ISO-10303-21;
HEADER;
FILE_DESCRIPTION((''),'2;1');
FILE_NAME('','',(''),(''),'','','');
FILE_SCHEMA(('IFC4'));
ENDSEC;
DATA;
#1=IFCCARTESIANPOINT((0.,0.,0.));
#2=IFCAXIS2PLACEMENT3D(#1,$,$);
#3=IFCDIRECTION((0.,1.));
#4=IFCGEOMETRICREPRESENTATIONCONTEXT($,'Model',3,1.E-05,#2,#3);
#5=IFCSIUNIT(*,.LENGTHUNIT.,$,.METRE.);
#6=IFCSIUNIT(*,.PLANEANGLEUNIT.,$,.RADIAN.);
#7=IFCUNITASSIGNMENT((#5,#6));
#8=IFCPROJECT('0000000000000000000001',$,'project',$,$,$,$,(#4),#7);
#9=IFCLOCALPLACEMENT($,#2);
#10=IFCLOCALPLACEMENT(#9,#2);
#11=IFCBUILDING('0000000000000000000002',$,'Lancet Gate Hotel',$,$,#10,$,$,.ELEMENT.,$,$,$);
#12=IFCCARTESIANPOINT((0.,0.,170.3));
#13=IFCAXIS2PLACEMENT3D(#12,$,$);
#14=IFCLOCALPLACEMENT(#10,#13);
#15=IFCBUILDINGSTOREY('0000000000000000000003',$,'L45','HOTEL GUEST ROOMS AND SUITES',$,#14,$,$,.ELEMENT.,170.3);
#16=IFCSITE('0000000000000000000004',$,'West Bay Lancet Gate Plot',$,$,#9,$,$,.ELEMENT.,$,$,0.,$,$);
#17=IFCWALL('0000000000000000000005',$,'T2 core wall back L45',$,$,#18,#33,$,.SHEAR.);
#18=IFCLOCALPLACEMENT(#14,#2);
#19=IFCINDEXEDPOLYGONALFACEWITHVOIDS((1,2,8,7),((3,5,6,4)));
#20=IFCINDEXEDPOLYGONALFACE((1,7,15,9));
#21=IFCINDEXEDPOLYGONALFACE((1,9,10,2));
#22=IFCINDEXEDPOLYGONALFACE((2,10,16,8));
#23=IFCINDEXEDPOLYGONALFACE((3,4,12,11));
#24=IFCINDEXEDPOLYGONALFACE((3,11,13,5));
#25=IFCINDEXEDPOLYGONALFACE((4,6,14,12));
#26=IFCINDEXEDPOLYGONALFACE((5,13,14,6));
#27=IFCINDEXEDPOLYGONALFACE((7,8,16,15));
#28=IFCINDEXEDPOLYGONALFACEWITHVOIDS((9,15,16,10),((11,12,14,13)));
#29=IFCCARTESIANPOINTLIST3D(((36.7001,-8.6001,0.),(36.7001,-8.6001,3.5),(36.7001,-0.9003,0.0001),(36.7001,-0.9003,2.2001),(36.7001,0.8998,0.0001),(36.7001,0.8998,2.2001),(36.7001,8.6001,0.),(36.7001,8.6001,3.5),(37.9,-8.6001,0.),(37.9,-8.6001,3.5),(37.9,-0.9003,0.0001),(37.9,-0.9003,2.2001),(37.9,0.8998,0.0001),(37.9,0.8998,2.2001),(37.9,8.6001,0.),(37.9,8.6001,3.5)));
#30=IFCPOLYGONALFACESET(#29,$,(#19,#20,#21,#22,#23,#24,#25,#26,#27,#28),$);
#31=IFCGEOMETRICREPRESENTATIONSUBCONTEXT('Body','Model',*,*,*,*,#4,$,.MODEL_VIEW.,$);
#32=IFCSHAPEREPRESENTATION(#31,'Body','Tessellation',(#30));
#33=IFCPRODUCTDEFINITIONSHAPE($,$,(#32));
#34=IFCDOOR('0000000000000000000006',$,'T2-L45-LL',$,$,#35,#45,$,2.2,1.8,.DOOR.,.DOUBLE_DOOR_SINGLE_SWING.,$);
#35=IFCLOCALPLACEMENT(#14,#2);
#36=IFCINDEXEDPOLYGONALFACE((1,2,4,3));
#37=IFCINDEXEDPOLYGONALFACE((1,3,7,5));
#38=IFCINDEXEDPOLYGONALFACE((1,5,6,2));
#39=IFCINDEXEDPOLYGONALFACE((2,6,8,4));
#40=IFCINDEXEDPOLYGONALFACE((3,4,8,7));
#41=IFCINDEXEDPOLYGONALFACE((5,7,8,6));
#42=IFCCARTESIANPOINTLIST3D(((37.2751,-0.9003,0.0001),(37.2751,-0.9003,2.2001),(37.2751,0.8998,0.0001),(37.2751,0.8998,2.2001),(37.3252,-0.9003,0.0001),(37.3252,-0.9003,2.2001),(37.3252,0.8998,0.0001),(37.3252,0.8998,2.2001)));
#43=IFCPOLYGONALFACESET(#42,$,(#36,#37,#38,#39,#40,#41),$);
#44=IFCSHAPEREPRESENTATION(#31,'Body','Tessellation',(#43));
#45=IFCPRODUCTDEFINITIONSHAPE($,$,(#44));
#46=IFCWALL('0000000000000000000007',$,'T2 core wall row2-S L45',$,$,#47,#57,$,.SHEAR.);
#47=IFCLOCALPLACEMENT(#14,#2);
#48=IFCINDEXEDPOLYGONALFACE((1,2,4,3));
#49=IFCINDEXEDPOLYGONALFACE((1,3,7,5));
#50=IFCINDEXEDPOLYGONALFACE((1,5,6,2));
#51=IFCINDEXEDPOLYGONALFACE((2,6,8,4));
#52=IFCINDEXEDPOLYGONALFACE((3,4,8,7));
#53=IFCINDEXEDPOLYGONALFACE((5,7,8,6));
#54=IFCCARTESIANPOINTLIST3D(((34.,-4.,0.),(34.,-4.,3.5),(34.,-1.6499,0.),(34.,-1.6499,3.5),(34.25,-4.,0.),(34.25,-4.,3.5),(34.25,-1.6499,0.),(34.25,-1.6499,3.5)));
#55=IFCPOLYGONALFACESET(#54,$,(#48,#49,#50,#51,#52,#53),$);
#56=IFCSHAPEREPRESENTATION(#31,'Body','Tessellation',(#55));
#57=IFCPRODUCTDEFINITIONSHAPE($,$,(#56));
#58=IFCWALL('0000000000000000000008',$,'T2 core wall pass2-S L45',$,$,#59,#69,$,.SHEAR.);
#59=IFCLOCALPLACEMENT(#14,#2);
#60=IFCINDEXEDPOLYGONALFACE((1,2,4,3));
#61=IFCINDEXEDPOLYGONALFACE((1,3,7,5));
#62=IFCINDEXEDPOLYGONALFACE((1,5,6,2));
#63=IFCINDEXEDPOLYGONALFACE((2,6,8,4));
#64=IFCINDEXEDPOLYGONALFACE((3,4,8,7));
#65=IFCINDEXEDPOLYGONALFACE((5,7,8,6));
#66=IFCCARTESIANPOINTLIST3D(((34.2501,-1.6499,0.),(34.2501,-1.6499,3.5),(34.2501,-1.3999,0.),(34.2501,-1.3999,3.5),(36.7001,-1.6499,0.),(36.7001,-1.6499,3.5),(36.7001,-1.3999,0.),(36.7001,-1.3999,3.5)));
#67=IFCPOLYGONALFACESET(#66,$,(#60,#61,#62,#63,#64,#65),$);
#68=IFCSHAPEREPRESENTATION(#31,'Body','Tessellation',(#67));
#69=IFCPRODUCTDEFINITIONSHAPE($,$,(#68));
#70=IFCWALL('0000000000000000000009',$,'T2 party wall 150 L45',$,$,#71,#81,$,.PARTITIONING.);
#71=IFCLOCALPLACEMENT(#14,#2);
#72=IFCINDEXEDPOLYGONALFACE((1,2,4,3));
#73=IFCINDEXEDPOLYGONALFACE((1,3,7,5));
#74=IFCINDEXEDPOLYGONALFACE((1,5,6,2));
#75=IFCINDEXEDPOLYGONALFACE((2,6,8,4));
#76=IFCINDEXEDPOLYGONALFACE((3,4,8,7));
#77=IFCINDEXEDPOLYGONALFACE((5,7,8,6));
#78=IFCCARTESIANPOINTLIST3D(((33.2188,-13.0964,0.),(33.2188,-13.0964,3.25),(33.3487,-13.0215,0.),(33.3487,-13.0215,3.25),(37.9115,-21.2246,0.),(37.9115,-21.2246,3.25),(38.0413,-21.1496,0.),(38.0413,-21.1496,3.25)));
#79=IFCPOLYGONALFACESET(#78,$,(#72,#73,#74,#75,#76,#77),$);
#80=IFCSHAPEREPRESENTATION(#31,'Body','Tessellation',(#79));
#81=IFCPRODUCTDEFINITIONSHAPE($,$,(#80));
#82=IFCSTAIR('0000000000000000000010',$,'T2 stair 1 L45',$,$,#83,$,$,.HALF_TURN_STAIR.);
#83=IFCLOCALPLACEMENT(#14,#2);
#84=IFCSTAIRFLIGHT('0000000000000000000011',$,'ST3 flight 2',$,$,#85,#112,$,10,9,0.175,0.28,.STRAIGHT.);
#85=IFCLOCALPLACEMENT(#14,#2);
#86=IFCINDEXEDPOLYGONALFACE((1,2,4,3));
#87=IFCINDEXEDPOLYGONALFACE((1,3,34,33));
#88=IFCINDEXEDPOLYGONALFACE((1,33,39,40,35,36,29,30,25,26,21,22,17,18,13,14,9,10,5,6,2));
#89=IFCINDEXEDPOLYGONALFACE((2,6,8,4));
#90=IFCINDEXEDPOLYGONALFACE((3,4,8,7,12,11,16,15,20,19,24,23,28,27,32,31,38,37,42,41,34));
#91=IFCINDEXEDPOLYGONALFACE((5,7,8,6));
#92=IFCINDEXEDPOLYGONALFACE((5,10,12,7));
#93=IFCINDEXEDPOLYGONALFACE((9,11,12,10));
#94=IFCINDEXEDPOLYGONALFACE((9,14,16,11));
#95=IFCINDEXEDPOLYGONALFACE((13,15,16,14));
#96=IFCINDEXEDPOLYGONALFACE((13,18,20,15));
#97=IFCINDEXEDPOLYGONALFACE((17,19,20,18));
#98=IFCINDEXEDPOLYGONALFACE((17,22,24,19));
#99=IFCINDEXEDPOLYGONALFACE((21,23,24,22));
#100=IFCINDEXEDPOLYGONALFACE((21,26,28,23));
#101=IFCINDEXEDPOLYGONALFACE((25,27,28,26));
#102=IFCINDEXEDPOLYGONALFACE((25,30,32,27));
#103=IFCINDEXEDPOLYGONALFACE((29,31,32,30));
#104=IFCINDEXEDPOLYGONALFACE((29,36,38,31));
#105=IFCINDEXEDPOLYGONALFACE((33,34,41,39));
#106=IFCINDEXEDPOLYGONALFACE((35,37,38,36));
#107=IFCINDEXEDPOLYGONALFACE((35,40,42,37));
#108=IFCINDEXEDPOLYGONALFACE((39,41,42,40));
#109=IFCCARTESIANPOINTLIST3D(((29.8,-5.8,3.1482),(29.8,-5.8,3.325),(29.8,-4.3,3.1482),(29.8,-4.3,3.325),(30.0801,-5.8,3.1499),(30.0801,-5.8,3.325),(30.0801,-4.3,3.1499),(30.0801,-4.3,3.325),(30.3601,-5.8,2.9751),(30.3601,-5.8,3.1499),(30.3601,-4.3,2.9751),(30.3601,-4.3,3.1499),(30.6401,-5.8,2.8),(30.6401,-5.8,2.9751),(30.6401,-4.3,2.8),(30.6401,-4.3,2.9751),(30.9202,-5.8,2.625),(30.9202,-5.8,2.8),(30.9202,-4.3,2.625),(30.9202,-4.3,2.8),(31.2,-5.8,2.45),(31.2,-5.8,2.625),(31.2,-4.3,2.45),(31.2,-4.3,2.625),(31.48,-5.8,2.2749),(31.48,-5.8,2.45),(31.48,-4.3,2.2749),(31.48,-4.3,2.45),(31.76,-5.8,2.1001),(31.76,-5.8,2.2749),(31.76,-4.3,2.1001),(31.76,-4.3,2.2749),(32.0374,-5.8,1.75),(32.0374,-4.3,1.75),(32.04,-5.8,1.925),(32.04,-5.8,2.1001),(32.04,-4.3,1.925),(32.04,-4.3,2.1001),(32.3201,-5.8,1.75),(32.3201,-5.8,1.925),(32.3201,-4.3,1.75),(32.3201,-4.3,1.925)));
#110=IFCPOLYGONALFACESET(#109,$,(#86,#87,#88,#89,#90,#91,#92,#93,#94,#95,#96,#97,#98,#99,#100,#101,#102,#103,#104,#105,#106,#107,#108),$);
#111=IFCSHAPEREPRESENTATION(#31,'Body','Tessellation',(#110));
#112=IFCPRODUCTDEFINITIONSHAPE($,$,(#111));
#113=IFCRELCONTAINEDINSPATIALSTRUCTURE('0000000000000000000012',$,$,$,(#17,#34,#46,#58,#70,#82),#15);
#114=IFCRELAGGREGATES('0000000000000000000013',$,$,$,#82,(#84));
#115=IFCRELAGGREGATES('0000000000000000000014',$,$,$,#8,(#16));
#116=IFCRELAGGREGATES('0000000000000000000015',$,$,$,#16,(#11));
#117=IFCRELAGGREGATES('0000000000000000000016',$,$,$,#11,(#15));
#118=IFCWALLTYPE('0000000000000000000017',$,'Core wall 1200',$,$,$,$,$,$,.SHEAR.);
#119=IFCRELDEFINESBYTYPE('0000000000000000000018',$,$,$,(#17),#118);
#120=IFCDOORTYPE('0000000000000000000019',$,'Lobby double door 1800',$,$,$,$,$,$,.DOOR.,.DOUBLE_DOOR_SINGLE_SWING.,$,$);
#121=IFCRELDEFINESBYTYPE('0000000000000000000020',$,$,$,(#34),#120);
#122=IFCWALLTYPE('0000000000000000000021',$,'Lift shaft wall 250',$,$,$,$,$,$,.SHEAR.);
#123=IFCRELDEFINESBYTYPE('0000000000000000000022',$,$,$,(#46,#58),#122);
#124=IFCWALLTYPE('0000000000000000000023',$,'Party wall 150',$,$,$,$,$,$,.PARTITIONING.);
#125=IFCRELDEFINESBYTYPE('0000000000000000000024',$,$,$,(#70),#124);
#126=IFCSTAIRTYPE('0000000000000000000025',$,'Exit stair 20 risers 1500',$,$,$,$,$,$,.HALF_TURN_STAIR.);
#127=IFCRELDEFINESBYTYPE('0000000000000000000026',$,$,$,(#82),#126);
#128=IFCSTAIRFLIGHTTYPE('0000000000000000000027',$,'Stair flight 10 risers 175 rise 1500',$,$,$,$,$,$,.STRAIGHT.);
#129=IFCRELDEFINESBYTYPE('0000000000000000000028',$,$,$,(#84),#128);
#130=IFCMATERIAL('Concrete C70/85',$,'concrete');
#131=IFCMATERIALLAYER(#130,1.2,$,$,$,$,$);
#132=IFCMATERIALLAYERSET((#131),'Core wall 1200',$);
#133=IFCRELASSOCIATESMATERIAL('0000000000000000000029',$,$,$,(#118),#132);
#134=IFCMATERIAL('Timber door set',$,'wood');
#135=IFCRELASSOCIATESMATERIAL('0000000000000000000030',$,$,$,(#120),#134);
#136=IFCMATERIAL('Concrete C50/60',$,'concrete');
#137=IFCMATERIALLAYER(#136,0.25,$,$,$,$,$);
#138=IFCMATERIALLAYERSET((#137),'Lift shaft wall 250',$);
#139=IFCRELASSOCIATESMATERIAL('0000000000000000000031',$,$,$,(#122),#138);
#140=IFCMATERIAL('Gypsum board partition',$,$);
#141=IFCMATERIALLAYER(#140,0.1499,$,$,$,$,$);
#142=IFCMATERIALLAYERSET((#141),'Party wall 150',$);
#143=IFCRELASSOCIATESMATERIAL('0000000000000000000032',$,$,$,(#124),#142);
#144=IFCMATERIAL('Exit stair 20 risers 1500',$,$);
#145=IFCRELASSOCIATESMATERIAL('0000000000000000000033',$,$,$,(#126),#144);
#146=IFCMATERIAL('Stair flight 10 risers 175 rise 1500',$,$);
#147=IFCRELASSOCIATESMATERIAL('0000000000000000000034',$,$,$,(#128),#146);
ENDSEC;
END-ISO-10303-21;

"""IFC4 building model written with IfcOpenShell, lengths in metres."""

from ifc_helpers import new_model, si_unit, direction, frame, frame_2d, origin, place, context, subcontext, project, spatial, polyline, rectangle, outline, extrude, material, layer, layer_set, type_object, element, fill, aggregate, save


model = new_model("IFC4")

# Units and contexts
model_context = context("Model", 3, precision=1e-05, world=origin(), true_north=direction((0.0, 1.0)))
body_context = subcontext(model_context, "Body", "Model", "MODEL_VIEW")
ifc_project = project(units=[si_unit("LENGTHUNIT", "METRE"), si_unit("PLANEANGLEUNIT", "RADIAN")], contexts=[model_context])

# Site, building, storey
site_placement = place(None, origin())
site = spatial("IfcSite", under=ifc_project, at=site_placement, Name="West Bay Lancet Gate Plot", CompositionType="ELEMENT", RefElevation=0.0)
building_placement = place(site_placement, origin())
building = spatial("IfcBuilding", under=site, at=building_placement, Name="Lancet Gate Hotel", CompositionType="ELEMENT")
storey_placement = place(building_placement, frame((0.0, 0.0, 170.3)))
storey = spatial("IfcBuildingStorey", under=building, at=storey_placement, Name="L45", Description="HOTEL GUEST ROOMS AND SUITES", CompositionType="ELEMENT", Elevation=170.3)

# Wall, opening, door
ifc_material_1 = material(Name="Concrete C70/85", Category="concrete")
ifc_layer_1 = layer(ifc_material_1, 1.2)
ifc_layer_set_1 = layer_set([ifc_layer_1], Name="Core wall 1200")
wall_type_1 = type_object("IfcWallType", Name="Core wall 1200", PredefinedType="SHEAR", material=ifc_layer_set_1)
wall_1_placement = place(storey_placement, frame((37.3, -8.6001, 0.0), z_axis=(0.0, 0.0, 1.0), x_axis=(0.0, 1.0, 0.0)))
wall_1 = element("IfcWall", 1, at=wall_1_placement, inside=storey, type_object=wall_type_1, Name="T2 core wall back L45", PredefinedType="SHEAR", context=body_context, shape_type="SweptSolid", body=[
    extrude(rectangle(XDim=17.2002, YDim=1.2, at=frame_2d((8.6001, 0.0))), origin(), (0.0, 0.0, 1.0), 3.5),
])
opening_1_placement = place(wall_1_placement, frame((7.7, 0.0, 0.0)))
opening_1 = element("IfcOpeningElement", 2, at=opening_1_placement, cuts=wall_1, PredefinedType="OPENING", context=body_context, shape_type="SweptSolid", body=[
    extrude(rectangle(XDim=1.8, YDim=2.2, at=frame_2d((0.8999, 1.1001))), frame((0.0, 0.6099, 0.0), z_axis=(0.0, -1.0, 0.0), x_axis=(1.0, 0.0, 0.0)), (0.0, 0.0, 1.0), 1.22),
])
ifc_material_2 = material(Name="Timber door set", Category="wood")
door_type_1 = type_object("IfcDoorType", Name="Lobby double door 1800", OperationType="DOUBLE_DOOR_SINGLE_SWING", PredefinedType="DOOR", material=ifc_material_2)
door_1_placement = place(opening_1_placement, origin())
door_1 = element("IfcDoor", 3, at=door_1_placement, inside=storey, type_object=door_type_1, Name="T2-L45-LL", OperationType="DOUBLE_DOOR_SINGLE_SWING", OverallHeight=2.2, OverallWidth=1.8, PredefinedType="DOOR", context=body_context, shape_type="SweptSolid", body=[
    extrude(rectangle(XDim=1.8, YDim=2.2, at=frame_2d((0.8999, 1.1001))), frame((0.0, 0.0249, 0.0), z_axis=(0.0, -1.0, 0.0), x_axis=(1.0, 0.0, 0.0)), (0.0, 0.0, 1.0), 0.05),
])
fill(opening_1, door_1)

# Walls
ifc_material_3 = material(Name="Concrete C50/60", Category="concrete")
ifc_layer_2 = layer(ifc_material_3, 0.25)
ifc_layer_set_2 = layer_set([ifc_layer_2], Name="Lift shaft wall 250")
wall_type_2 = type_object("IfcWallType", Name="Lift shaft wall 250", PredefinedType="SHEAR", material=ifc_layer_set_2)
wall_2_placement = place(storey_placement, frame((34.125, -4.0, 0.0), z_axis=(0.0, 0.0, 1.0), x_axis=(0.0, 1.0, 0.0)))
element("IfcWall", 4, at=wall_2_placement, inside=storey, type_object=wall_type_2, Name="T2 core wall row2-S L45", PredefinedType="SHEAR", context=body_context, shape_type="SweptSolid", body=[
    extrude(rectangle(XDim=2.3501, YDim=0.25, at=frame_2d((1.175, 0.0))), origin(), (0.0, 0.0, 1.0), 3.5),
])
wall_3_placement = place(storey_placement, frame((34.25, -1.5249, 0.0), z_axis=(0.0, 0.0, 1.0), x_axis=(1.0, 0.0, 0.0)))
element("IfcWall", 5, at=wall_3_placement, inside=storey, type_object=wall_type_2, Name="T2 core wall pass2-S L45", PredefinedType="SHEAR", context=body_context, shape_type="SweptSolid", body=[
    extrude(rectangle(XDim=2.45, YDim=0.25, at=frame_2d((1.2251, 0.0))), origin(), (0.0, 0.0, 1.0), 3.5),
])
ifc_material_4 = material(Name="Gypsum board partition")
ifc_layer_3 = layer(ifc_material_4, 0.1499)
ifc_layer_set_3 = layer_set([ifc_layer_3], Name="Party wall 150")
wall_type_3 = type_object("IfcWallType", Name="Party wall 150", PredefinedType="PARTITIONING", material=ifc_layer_set_3)
wall_4_placement = place(storey_placement, frame((33.2837, -13.0588, 0.0), z_axis=(0.0, 0.0, 1.0), x_axis=(0.499986, -0.866034, 0.0)))
element("IfcWall", 6, at=wall_4_placement, inside=storey, type_object=wall_type_3, Name="T2 party wall 150 L45", PredefinedType="PARTITIONING", context=body_context, shape_type="SweptSolid", body=[
    extrude(rectangle(XDim=9.3855, YDim=0.1499, at=frame_2d((4.6929, 0.0))), origin(), (0.0, 0.0, 1.0), 3.25),
])

# Stair, stair flight
ifc_material_5 = material(Name="Exit stair 20 risers 1500")
stair_type = type_object("IfcStairType", Name="Exit stair 20 risers 1500", PredefinedType="HALF_TURN_STAIR", material=ifc_material_5)
stair_placement = place(storey_placement, origin())
stair = element("IfcStair", 7, at=stair_placement, inside=storey, type_object=stair_type, Name="T2 stair 1 L45", PredefinedType="HALF_TURN_STAIR")
ifc_material_6 = material(Name="Stair flight 10 risers 175 rise 1500")
stair_flight_type = type_object("IfcStairFlightType", Name="Stair flight 10 risers 175 rise 1500", PredefinedType="STRAIGHT", material=ifc_material_6)
stair_flight_placement = place(storey_placement, frame((32.3201, -5.05, 1.75), z_axis=(0.0, 0.0, 1.0), x_axis=(-1.0, 0.0, 0.0)))
stair_flight = element("IfcStairFlight", 8, at=stair_flight_placement, type_object=stair_flight_type, Name="ST3 flight 2", NumberOfRisers=10, NumberOfTreads=9, PredefinedType="STRAIGHT", RiserHeight=0.175, TreadLength=0.28, context=body_context, shape_type="SweptSolid", body=[
    extrude(outline(polyline([(0.0, 0.0), (0.0, 0.175), (0.28, 0.175), (0.28, 0.3501), (0.5601, 0.3501), (0.5601, 0.5249), (0.8401, 0.5249), (0.8401, 0.7), (1.1201, 0.7), (1.1201, 0.875), (1.3999, 0.875), (1.3999, 1.05), (1.6799, 1.05), (1.6799, 1.2251), (1.96, 1.2251), (1.96, 1.3999), (2.24, 1.3999), (2.24, 1.575), (2.52, 1.575), (2.52, 1.75), (2.52, 1.3982), (0.2827, 0.0), (0.0, 0.0)])), frame((0.0, 0.75, 0.0), z_axis=(0.0, -1.0, 0.0), x_axis=(1.0, 0.0, 0.0)), (0.0, 0.0, 1.0), 1.5),
])
aggregate(stair, [stair_flight])

save(model, "model.ifc")
